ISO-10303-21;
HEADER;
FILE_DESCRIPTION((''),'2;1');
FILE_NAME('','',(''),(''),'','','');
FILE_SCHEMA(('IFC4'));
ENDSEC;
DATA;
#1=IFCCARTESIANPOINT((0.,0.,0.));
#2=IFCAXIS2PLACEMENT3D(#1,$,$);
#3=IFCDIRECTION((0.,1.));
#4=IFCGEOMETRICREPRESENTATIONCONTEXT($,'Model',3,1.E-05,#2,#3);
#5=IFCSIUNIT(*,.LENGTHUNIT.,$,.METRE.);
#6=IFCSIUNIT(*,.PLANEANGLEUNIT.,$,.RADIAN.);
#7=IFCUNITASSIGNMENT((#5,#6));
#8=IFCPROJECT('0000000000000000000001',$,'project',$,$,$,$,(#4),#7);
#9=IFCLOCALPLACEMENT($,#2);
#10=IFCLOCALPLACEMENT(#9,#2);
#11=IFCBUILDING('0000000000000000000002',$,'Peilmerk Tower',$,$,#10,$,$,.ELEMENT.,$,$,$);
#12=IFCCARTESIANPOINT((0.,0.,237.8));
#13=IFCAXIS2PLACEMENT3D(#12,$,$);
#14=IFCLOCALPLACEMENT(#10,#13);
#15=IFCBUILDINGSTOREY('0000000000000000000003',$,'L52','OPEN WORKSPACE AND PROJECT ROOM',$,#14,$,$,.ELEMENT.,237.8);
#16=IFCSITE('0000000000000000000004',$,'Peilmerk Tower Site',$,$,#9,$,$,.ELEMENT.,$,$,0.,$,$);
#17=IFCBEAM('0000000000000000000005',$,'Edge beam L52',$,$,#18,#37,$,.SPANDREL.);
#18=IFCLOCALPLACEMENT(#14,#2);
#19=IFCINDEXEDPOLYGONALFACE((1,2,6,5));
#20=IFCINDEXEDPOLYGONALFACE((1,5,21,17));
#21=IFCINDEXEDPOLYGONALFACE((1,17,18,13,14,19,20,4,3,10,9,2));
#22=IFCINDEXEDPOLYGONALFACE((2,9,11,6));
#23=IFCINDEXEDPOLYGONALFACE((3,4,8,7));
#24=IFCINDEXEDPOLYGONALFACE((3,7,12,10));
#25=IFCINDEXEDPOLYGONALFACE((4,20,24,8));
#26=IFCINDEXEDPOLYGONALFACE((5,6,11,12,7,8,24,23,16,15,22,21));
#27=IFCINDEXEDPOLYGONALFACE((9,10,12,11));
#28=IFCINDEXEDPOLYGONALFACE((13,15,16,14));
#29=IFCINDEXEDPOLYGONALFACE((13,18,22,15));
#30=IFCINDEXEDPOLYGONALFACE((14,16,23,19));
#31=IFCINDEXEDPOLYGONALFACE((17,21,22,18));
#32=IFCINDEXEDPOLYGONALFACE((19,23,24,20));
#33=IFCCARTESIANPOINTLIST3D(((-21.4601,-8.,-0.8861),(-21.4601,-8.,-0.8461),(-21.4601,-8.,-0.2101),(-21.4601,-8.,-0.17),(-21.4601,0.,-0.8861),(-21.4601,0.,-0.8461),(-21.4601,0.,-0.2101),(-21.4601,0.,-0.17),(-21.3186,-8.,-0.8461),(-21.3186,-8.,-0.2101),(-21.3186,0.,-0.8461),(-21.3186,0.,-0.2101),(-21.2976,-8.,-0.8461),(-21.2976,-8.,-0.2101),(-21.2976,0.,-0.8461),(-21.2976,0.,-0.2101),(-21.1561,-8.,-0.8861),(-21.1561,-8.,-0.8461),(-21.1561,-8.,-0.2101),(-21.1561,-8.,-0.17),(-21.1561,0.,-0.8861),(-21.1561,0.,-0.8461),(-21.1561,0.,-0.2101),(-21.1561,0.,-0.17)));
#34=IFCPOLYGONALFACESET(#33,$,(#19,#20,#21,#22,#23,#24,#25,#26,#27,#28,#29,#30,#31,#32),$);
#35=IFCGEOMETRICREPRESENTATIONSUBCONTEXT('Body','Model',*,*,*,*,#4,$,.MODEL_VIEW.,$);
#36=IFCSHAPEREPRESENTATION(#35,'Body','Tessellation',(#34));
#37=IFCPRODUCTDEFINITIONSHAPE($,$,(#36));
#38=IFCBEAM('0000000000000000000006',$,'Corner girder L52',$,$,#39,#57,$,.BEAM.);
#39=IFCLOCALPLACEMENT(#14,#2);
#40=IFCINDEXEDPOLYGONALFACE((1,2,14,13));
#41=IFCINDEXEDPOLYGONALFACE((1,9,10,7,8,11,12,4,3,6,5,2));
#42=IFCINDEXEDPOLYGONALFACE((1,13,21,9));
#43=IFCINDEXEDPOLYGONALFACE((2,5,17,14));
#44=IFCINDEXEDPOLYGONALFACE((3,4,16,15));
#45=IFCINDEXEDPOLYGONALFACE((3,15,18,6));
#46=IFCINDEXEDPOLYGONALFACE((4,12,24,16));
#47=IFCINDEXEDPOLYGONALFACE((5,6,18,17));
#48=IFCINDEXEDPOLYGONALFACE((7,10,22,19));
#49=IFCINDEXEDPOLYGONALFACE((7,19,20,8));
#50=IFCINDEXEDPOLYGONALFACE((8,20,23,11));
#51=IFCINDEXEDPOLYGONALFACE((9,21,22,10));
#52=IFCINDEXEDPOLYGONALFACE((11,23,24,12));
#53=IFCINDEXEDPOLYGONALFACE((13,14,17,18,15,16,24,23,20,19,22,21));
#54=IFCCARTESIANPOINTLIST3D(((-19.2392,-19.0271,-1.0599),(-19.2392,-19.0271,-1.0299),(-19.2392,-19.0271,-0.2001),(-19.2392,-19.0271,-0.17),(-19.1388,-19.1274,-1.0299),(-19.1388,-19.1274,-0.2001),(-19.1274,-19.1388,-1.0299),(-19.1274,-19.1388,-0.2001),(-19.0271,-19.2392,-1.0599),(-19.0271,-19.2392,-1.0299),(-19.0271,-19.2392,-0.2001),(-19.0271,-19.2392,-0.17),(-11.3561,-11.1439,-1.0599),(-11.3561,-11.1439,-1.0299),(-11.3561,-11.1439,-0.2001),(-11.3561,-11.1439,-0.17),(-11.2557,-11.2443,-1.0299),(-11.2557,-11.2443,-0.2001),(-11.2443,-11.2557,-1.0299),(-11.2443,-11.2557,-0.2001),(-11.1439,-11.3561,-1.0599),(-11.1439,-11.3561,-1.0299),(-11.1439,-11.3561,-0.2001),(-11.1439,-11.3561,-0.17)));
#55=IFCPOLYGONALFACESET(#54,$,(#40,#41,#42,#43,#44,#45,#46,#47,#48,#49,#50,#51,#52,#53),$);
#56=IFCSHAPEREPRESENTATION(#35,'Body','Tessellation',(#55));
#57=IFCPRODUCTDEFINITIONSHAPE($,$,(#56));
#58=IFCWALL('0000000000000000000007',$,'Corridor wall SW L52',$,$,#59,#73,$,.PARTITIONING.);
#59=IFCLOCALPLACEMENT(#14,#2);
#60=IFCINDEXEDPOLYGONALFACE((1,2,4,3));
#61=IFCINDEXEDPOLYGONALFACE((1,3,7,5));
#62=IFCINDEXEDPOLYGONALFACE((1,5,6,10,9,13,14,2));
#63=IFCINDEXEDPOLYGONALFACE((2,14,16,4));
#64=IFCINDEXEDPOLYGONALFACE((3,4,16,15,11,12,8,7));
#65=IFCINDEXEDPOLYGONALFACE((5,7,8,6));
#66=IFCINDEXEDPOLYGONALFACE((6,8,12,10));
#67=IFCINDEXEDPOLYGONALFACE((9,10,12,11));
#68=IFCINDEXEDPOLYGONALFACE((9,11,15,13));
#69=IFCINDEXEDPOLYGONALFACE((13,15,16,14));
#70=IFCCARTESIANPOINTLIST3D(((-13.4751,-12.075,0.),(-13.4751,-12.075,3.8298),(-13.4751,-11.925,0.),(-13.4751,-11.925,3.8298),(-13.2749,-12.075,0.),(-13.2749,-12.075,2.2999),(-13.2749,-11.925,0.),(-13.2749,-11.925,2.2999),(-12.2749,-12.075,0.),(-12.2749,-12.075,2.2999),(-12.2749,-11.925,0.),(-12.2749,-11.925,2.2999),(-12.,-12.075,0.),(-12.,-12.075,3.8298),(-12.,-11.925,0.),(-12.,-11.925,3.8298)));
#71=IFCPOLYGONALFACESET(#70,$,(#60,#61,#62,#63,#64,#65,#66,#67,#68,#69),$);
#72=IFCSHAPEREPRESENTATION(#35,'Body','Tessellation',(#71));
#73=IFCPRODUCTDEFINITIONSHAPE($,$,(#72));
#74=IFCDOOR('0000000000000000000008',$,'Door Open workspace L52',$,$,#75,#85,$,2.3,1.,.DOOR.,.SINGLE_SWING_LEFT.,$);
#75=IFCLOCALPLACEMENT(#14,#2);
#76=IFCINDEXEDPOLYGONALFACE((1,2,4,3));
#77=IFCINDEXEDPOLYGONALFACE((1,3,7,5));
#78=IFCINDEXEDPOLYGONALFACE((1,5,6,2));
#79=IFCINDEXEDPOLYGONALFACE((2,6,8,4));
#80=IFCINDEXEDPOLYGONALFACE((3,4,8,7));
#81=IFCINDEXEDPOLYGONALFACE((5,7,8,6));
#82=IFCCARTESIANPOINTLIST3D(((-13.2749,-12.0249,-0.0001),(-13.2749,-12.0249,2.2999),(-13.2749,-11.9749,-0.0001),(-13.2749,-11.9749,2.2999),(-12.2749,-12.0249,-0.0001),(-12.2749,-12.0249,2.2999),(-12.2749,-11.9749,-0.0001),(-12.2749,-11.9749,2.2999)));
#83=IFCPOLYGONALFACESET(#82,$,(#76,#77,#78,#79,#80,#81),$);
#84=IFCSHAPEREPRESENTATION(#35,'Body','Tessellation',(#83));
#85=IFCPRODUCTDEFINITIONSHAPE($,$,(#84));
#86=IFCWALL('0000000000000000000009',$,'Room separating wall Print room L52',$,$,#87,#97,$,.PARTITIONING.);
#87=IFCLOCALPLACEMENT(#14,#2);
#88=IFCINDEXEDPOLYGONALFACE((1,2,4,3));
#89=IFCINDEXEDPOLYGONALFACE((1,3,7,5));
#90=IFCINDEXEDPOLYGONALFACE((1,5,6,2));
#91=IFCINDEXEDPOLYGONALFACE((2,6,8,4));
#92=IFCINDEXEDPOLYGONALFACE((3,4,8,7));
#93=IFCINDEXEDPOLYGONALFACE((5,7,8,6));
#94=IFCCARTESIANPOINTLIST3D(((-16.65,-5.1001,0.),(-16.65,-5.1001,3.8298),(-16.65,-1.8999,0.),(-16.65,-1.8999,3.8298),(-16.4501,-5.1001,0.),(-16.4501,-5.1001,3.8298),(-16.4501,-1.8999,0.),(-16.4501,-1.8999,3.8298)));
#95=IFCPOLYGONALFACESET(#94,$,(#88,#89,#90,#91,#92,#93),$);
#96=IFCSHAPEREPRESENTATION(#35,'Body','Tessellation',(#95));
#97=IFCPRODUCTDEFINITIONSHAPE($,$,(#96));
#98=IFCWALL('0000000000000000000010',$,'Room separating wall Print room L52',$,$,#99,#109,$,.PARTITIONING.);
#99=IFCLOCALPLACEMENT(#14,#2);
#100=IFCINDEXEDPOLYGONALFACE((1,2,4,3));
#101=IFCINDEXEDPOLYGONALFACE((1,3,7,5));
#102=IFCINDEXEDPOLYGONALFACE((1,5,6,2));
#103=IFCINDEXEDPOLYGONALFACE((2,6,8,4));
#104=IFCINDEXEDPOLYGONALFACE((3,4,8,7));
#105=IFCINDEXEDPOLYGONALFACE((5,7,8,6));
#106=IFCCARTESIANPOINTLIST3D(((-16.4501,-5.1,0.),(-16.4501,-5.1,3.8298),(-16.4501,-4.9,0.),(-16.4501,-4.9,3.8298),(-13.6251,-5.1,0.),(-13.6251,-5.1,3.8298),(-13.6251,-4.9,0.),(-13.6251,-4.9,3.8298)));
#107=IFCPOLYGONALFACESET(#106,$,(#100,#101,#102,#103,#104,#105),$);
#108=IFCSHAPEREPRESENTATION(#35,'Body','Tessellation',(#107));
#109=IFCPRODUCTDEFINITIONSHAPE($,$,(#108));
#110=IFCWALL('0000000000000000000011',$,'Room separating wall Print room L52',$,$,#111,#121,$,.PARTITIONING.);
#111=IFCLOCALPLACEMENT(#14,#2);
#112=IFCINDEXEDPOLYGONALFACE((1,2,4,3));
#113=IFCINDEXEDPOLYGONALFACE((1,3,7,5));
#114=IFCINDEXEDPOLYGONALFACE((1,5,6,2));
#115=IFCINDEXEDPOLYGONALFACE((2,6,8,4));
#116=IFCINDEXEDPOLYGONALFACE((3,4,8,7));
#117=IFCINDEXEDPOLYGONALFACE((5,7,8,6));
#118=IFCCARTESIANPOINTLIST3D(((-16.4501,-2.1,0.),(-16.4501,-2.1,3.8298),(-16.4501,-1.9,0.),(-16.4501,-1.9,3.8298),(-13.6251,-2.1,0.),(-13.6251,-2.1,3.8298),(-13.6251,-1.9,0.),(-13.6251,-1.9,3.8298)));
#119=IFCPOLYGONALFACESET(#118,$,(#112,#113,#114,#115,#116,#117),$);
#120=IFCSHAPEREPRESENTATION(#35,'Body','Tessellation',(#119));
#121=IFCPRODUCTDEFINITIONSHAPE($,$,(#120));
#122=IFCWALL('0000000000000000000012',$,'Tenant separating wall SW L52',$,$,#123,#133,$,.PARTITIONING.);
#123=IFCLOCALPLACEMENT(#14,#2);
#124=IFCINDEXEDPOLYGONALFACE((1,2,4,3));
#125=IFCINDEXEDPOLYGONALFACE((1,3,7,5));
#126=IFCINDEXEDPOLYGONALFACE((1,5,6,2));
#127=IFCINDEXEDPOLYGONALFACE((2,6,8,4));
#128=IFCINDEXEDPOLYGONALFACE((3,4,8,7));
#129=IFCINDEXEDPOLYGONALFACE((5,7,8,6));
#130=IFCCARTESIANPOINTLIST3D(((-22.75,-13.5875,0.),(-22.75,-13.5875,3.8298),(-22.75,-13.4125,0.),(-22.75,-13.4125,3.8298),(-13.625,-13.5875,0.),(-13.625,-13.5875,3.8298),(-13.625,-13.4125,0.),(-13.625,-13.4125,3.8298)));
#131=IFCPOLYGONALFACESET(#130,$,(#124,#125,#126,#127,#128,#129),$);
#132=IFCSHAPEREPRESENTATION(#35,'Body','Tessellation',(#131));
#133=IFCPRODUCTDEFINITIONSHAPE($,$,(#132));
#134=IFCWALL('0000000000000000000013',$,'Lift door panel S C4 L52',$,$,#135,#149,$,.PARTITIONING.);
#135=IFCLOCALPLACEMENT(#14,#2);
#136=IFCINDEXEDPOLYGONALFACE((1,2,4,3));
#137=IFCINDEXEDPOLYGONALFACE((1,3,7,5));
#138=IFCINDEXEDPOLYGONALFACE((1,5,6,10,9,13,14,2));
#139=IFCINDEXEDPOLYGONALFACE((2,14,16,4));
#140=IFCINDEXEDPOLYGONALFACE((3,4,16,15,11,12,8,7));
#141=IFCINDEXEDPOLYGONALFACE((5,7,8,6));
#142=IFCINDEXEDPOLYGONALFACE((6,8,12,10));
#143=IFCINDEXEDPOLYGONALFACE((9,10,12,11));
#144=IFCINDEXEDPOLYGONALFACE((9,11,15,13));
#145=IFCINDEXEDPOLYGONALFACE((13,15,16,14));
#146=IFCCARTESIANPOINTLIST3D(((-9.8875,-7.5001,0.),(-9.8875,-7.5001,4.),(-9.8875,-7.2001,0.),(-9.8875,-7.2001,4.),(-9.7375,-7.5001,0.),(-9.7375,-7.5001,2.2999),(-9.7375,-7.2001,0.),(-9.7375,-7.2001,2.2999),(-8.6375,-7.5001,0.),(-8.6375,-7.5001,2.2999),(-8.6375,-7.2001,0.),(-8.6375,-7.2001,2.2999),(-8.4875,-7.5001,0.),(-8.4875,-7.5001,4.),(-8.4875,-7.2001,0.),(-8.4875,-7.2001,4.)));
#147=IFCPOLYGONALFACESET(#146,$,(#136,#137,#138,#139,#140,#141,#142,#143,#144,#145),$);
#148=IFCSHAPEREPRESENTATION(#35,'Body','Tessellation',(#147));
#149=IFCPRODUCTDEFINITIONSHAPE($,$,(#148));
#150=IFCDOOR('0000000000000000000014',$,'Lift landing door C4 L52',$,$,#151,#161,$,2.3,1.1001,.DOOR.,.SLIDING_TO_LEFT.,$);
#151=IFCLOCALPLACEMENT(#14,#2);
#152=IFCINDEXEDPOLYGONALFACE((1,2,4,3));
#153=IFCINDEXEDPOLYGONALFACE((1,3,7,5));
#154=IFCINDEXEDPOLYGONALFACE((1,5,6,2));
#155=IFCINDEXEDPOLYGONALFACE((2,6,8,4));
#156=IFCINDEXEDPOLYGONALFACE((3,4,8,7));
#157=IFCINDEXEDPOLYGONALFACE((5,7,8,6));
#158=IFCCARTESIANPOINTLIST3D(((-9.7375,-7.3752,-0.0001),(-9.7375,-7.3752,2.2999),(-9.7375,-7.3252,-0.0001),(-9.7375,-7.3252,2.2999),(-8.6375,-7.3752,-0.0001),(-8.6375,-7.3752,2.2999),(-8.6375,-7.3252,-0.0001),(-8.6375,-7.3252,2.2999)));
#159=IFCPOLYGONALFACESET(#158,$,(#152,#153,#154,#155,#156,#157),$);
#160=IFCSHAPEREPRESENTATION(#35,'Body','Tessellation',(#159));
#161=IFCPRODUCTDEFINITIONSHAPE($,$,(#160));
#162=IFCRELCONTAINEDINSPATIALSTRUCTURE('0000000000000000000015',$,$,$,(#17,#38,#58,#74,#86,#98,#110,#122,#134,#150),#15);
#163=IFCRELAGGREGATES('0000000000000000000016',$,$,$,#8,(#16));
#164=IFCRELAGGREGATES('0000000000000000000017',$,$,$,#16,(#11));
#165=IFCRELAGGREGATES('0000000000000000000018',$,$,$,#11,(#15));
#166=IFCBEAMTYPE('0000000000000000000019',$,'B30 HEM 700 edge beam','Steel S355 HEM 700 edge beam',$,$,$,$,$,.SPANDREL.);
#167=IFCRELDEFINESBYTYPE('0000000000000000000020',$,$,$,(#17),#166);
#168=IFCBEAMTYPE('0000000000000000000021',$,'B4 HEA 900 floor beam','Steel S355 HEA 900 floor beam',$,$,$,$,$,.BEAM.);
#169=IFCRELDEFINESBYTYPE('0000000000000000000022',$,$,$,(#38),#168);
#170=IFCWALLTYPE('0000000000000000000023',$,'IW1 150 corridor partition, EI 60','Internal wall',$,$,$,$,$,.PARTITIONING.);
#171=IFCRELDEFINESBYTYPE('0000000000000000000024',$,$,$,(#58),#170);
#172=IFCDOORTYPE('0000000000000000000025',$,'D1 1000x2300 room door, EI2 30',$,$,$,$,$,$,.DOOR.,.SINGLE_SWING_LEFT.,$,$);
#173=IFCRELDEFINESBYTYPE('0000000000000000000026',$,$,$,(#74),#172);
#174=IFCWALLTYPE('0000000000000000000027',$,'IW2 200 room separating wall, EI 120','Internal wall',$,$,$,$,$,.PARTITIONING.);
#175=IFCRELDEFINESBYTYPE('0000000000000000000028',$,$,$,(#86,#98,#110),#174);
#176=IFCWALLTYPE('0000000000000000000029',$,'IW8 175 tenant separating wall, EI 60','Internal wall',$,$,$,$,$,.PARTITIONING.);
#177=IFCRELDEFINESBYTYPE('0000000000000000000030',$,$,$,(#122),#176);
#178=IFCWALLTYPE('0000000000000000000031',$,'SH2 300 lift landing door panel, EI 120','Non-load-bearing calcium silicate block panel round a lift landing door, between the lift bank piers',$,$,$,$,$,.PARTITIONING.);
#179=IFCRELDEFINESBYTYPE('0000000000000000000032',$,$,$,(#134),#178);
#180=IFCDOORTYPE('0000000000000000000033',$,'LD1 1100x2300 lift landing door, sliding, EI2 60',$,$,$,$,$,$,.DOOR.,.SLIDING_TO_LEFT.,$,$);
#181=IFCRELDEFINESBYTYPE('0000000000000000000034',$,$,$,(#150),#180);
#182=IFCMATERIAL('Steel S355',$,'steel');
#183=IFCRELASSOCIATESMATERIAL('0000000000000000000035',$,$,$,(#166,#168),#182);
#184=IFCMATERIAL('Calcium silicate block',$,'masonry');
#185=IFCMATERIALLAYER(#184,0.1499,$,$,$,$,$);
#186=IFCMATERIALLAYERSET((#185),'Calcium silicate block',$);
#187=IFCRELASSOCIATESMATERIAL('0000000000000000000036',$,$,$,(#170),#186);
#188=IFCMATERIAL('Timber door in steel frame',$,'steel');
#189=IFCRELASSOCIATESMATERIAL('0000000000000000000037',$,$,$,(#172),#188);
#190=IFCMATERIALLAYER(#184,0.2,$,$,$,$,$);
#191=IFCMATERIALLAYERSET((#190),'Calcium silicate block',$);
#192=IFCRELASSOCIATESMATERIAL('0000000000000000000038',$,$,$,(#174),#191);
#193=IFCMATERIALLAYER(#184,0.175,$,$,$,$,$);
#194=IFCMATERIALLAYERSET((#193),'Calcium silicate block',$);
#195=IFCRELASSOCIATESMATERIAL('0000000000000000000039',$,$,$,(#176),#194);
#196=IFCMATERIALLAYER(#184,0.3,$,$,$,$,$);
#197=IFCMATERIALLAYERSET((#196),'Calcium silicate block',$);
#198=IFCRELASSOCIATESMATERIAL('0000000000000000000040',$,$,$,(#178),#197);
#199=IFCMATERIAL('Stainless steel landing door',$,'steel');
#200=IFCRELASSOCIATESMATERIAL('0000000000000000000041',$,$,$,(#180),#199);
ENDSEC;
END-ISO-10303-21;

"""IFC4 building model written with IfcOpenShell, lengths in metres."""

from ifc_helpers import new_model, si_unit, direction, frame, frame_2d, origin, origin_2d, place, context, subcontext, project, spatial, rectangle, i_section, extrude, material, layer, layer_set, material_profile, profile_set, type_object, element, fill, save


model = new_model("IFC4")

# Units and contexts
model_context = context("Model", 3, precision=1e-05, world=origin(), true_north=direction((0.0, 1.0)))
body_context = subcontext(model_context, "Body", "Model", "MODEL_VIEW")
ifc_project = project(units=[si_unit("LENGTHUNIT", "METRE"), si_unit("PLANEANGLEUNIT", "RADIAN")], contexts=[model_context])

# Site, building, storey
site_placement = place(None, origin())
site = spatial("IfcSite", under=ifc_project, at=site_placement, Name="Peilmerk Tower Site", CompositionType="ELEMENT", RefElevation=0.0)
building_placement = place(site_placement, origin())
building = spatial("IfcBuilding", under=site, at=building_placement, Name="Peilmerk Tower", CompositionType="ELEMENT")
storey_placement = place(building_placement, frame((0.0, 0.0, 237.8)))
storey = spatial("IfcBuildingStorey", under=building, at=storey_placement, Name="L52", Description="OPEN WORKSPACE AND PROJECT ROOM", CompositionType="ELEMENT", Elevation=237.8)

# Beams
ifc_material_1 = material(Name="Steel S355", Category="steel")
ifc_material_profile_1 = material_profile(ifc_material_1, i_section(OverallWidth=0.304, OverallDepth=0.7161, WebThickness=0.021, FlangeThickness=0.04, at=origin_2d()), Name="HEM 700")
ifc_profile_set_1 = profile_set([ifc_material_profile_1], Name="Steel S355")
beam_type_1 = type_object("IfcBeamType", Name="B30 HEM 700 edge beam", Description="Steel S355 HEM 700 edge beam", PredefinedType="SPANDREL", material=ifc_profile_set_1)
beam_1_placement = place(storey_placement, frame((-21.3081, 0.0, -0.5281), z_axis=(0.0, -1.0, 0.0), x_axis=(1.0, 0.0, 0.0)))
element("IfcBeam", 1, at=beam_1_placement, inside=storey, type_object=beam_type_1, Name="Edge beam L52", PredefinedType="SPANDREL", context=body_context, shape_type="SweptSolid", body=[
    extrude(i_section(OverallWidth=0.304, OverallDepth=0.7161, WebThickness=0.021, FlangeThickness=0.04, at=origin_2d()), origin(), (0.0, 0.0, 1.0), 8.0),
])
ifc_material_profile_2 = material_profile(ifc_material_1, i_section(OverallWidth=0.3, OverallDepth=0.8899, WebThickness=0.0161, FlangeThickness=0.03, at=origin_2d()), Name="HEA 900")
ifc_profile_set_2 = profile_set([ifc_material_profile_2], Name="Steel S355")
beam_type_2 = type_object("IfcBeamType", Name="B4 HEA 900 floor beam", Description="Steel S355 HEA 900 floor beam", PredefinedType="BEAM", material=ifc_profile_set_2)
beam_2_placement = place(storey_placement, frame((-11.25, -11.25, -0.615), z_axis=(-0.707107, -0.707107, 0.0), x_axis=(0.707107, -0.707107, 0.0)))
element("IfcBeam", 2, at=beam_2_placement, inside=storey, type_object=beam_type_2, Name="Corner girder L52", PredefinedType="BEAM", context=body_context, shape_type="SweptSolid", body=[
    extrude(i_section(OverallWidth=0.3, OverallDepth=0.8899, WebThickness=0.0161, FlangeThickness=0.03, at=origin_2d()), origin(), (0.0, 0.0, 1.0), 11.1484),
])

# Wall, opening, door
ifc_material_2 = material(Name="Calcium silicate block", Category="masonry")
ifc_layer_1 = layer(ifc_material_2, 0.1499)
ifc_layer_set_1 = layer_set([ifc_layer_1], Name="Calcium silicate block")
wall_type_1 = type_object("IfcWallType", Name="IW1 150 corridor partition, EI 60", Description="Internal wall", PredefinedType="PARTITIONING", material=ifc_layer_set_1)
wall_1_placement = place(storey_placement, frame((-12.0, -12.0, 0.0), z_axis=(0.0, 0.0, 1.0), x_axis=(-1.0, 0.0, 0.0)))
wall_1 = element("IfcWall", 3, at=wall_1_placement, inside=storey, type_object=wall_type_1, Name="Corridor wall SW L52", PredefinedType="PARTITIONING", context=body_context, shape_type="SweptSolid", body=[
    extrude(rectangle(XDim=1.4751, YDim=0.1499, at=frame_2d((0.7375, 0.0))), origin(), (0.0, 0.0, 1.0), 3.8298),
])
opening_1_placement = place(wall_1_placement, frame((0.2749, 0.0, 0.0)))
opening_1 = element("IfcOpeningElement", 4, at=opening_1_placement, cuts=wall_1, PredefinedType="OPENING", context=body_context, shape_type="SweptSolid", body=[
    extrude(rectangle(XDim=1.0, YDim=2.3, at=frame_2d((0.5, 1.1499))), frame((0.0, 0.085, 0.0), z_axis=(0.0, -1.0, 0.0), x_axis=(1.0, 0.0, 0.0)), (0.0, 0.0, 1.0), 0.1699),
])
ifc_material_3 = material(Name="Timber door in steel frame", Category="steel")
door_type_1 = type_object("IfcDoorType", Name="D1 1000x2300 room door, EI2 30", OperationType="SINGLE_SWING_LEFT", PredefinedType="DOOR", material=ifc_material_3)
door_1_placement = place(opening_1_placement, origin())
door_1 = element("IfcDoor", 5, at=door_1_placement, inside=storey, type_object=door_type_1, Name="Door Open workspace L52", OperationType="SINGLE_SWING_LEFT", OverallHeight=2.3, OverallWidth=1.0, PredefinedType="DOOR", context=body_context, shape_type="SweptSolid", body=[
    extrude(rectangle(XDim=1.0, YDim=2.3, at=frame_2d((0.5, 1.1499))), frame((0.0, 0.0249, 0.0), z_axis=(0.0, -1.0, 0.0), x_axis=(1.0, 0.0, 0.0)), (0.0, 0.0, 1.0), 0.05),
])
fill(opening_1, door_1)

# Walls
ifc_layer_2 = layer(ifc_material_2, 0.2)
ifc_layer_set_2 = layer_set([ifc_layer_2], Name="Calcium silicate block")
wall_type_2 = type_object("IfcWallType", Name="IW2 200 room separating wall, EI 120", Description="Internal wall", PredefinedType="PARTITIONING", material=ifc_layer_set_2)
wall_2_placement = place(storey_placement, frame((-16.55, -5.1001, 0.0), z_axis=(0.0, 0.0, 1.0), x_axis=(0.0, 1.0, 0.0)))
element("IfcWall", 6, at=wall_2_placement, inside=storey, type_object=wall_type_2, Name="Room separating wall Print room L52", PredefinedType="PARTITIONING", context=body_context, shape_type="SweptSolid", body=[
    extrude(rectangle(XDim=3.2002, YDim=0.2, at=frame_2d((1.6001, 0.0))), origin(), (0.0, 0.0, 1.0), 3.8298),
])
for number, where, z_axis, x_axis, name in (
    (7, (-13.625, -5.0, 0.0), (0.0, 0.0, 1.0), (-1.0, 0.0, 0.0), "Room separating wall Print room L52"),
    (8, (-13.625, -2.0, 0.0), (0.0, 0.0, 1.0), (-1.0, 0.0, 0.0), "Room separating wall Print room L52"),
):
    element("IfcWall", number, at=place(storey_placement, frame(where, z_axis=z_axis, x_axis=x_axis)), inside=storey, type_object=wall_type_2, Name=name, PredefinedType="PARTITIONING", context=body_context, shape_type="SweptSolid", body=[
        extrude(rectangle(XDim=2.825, YDim=0.2, at=frame_2d((1.4126, 0.0))), origin(), (0.0, 0.0, 1.0), 3.8298),
    ])
ifc_layer_3 = layer(ifc_material_2, 0.175)
ifc_layer_set_3 = layer_set([ifc_layer_3], Name="Calcium silicate block")
wall_type_3 = type_object("IfcWallType", Name="IW8 175 tenant separating wall, EI 60", Description="Internal wall", PredefinedType="PARTITIONING", material=ifc_layer_set_3)
wall_3_placement = place(storey_placement, frame((-13.625, -13.5, 0.0), z_axis=(0.0, 0.0, 1.0), x_axis=(-1.0, 0.0, 0.0)))
element("IfcWall", 9, at=wall_3_placement, inside=storey, type_object=wall_type_3, Name="Tenant separating wall SW L52", PredefinedType="PARTITIONING", context=body_context, shape_type="SweptSolid", body=[
    extrude(rectangle(XDim=9.125, YDim=0.175, at=frame_2d((4.5625, 0.0))), origin(), (0.0, 0.0, 1.0), 3.8298),
])

# Wall, opening, door
ifc_layer_4 = layer(ifc_material_2, 0.3)
ifc_layer_set_4 = layer_set([ifc_layer_4], Name="Calcium silicate block")
wall_type_4 = type_object("IfcWallType", Name="SH2 300 lift landing door panel, EI 120", Description="Non-load-bearing calcium silicate block panel round a lift landing door, between the lift bank piers", PredefinedType="PARTITIONING", material=ifc_layer_set_4)
wall_4_placement = place(storey_placement, frame((-9.8875, -7.3501, 0.0), z_axis=(0.0, 0.0, 1.0), x_axis=(1.0, 0.0, 0.0)))
wall_4 = element("IfcWall", 10, at=wall_4_placement, inside=storey, type_object=wall_type_4, Name="Lift door panel S C4 L52", PredefinedType="PARTITIONING", context=body_context, shape_type="SweptSolid", body=[
    extrude(rectangle(XDim=1.3999, YDim=0.3, at=frame_2d((0.7, 0.0))), origin(), (0.0, 0.0, 1.0), 4.0),
])
opening_2_placement = place(wall_4_placement, frame((0.1499, 0.0, 0.0)))
opening_2 = element("IfcOpeningElement", 11, at=opening_2_placement, cuts=wall_4, PredefinedType="OPENING", context=body_context, shape_type="SweptSolid", body=[
    extrude(rectangle(XDim=1.1001, YDim=2.3, at=frame_2d((0.55, 1.1499))), frame((0.0, 0.1599, 0.0), z_axis=(0.0, -1.0, 0.0), x_axis=(1.0, 0.0, 0.0)), (0.0, 0.0, 1.0), 0.3201),
])
ifc_material_4 = material(Name="Stainless steel landing door", Category="steel")
door_type_2 = type_object("IfcDoorType", Name="LD1 1100x2300 lift landing door, sliding, EI2 60", OperationType="SLIDING_TO_LEFT", PredefinedType="DOOR", material=ifc_material_4)
door_2_placement = place(opening_2_placement, origin())
door_2 = element("IfcDoor", 12, at=door_2_placement, inside=storey, type_object=door_type_2, Name="Lift landing door C4 L52", OperationType="SLIDING_TO_LEFT", OverallHeight=2.3, OverallWidth=1.1001, PredefinedType="DOOR", context=body_context, shape_type="SweptSolid", body=[
    extrude(rectangle(XDim=1.1001, YDim=2.3, at=frame_2d((0.55, 1.1499))), frame((0.0, 0.0249, 0.0), z_axis=(0.0, -1.0, 0.0), x_axis=(1.0, 0.0, 0.0)), (0.0, 0.0, 1.0), 0.05),
])
fill(opening_2, door_2)

save(model, "model.ifc")
